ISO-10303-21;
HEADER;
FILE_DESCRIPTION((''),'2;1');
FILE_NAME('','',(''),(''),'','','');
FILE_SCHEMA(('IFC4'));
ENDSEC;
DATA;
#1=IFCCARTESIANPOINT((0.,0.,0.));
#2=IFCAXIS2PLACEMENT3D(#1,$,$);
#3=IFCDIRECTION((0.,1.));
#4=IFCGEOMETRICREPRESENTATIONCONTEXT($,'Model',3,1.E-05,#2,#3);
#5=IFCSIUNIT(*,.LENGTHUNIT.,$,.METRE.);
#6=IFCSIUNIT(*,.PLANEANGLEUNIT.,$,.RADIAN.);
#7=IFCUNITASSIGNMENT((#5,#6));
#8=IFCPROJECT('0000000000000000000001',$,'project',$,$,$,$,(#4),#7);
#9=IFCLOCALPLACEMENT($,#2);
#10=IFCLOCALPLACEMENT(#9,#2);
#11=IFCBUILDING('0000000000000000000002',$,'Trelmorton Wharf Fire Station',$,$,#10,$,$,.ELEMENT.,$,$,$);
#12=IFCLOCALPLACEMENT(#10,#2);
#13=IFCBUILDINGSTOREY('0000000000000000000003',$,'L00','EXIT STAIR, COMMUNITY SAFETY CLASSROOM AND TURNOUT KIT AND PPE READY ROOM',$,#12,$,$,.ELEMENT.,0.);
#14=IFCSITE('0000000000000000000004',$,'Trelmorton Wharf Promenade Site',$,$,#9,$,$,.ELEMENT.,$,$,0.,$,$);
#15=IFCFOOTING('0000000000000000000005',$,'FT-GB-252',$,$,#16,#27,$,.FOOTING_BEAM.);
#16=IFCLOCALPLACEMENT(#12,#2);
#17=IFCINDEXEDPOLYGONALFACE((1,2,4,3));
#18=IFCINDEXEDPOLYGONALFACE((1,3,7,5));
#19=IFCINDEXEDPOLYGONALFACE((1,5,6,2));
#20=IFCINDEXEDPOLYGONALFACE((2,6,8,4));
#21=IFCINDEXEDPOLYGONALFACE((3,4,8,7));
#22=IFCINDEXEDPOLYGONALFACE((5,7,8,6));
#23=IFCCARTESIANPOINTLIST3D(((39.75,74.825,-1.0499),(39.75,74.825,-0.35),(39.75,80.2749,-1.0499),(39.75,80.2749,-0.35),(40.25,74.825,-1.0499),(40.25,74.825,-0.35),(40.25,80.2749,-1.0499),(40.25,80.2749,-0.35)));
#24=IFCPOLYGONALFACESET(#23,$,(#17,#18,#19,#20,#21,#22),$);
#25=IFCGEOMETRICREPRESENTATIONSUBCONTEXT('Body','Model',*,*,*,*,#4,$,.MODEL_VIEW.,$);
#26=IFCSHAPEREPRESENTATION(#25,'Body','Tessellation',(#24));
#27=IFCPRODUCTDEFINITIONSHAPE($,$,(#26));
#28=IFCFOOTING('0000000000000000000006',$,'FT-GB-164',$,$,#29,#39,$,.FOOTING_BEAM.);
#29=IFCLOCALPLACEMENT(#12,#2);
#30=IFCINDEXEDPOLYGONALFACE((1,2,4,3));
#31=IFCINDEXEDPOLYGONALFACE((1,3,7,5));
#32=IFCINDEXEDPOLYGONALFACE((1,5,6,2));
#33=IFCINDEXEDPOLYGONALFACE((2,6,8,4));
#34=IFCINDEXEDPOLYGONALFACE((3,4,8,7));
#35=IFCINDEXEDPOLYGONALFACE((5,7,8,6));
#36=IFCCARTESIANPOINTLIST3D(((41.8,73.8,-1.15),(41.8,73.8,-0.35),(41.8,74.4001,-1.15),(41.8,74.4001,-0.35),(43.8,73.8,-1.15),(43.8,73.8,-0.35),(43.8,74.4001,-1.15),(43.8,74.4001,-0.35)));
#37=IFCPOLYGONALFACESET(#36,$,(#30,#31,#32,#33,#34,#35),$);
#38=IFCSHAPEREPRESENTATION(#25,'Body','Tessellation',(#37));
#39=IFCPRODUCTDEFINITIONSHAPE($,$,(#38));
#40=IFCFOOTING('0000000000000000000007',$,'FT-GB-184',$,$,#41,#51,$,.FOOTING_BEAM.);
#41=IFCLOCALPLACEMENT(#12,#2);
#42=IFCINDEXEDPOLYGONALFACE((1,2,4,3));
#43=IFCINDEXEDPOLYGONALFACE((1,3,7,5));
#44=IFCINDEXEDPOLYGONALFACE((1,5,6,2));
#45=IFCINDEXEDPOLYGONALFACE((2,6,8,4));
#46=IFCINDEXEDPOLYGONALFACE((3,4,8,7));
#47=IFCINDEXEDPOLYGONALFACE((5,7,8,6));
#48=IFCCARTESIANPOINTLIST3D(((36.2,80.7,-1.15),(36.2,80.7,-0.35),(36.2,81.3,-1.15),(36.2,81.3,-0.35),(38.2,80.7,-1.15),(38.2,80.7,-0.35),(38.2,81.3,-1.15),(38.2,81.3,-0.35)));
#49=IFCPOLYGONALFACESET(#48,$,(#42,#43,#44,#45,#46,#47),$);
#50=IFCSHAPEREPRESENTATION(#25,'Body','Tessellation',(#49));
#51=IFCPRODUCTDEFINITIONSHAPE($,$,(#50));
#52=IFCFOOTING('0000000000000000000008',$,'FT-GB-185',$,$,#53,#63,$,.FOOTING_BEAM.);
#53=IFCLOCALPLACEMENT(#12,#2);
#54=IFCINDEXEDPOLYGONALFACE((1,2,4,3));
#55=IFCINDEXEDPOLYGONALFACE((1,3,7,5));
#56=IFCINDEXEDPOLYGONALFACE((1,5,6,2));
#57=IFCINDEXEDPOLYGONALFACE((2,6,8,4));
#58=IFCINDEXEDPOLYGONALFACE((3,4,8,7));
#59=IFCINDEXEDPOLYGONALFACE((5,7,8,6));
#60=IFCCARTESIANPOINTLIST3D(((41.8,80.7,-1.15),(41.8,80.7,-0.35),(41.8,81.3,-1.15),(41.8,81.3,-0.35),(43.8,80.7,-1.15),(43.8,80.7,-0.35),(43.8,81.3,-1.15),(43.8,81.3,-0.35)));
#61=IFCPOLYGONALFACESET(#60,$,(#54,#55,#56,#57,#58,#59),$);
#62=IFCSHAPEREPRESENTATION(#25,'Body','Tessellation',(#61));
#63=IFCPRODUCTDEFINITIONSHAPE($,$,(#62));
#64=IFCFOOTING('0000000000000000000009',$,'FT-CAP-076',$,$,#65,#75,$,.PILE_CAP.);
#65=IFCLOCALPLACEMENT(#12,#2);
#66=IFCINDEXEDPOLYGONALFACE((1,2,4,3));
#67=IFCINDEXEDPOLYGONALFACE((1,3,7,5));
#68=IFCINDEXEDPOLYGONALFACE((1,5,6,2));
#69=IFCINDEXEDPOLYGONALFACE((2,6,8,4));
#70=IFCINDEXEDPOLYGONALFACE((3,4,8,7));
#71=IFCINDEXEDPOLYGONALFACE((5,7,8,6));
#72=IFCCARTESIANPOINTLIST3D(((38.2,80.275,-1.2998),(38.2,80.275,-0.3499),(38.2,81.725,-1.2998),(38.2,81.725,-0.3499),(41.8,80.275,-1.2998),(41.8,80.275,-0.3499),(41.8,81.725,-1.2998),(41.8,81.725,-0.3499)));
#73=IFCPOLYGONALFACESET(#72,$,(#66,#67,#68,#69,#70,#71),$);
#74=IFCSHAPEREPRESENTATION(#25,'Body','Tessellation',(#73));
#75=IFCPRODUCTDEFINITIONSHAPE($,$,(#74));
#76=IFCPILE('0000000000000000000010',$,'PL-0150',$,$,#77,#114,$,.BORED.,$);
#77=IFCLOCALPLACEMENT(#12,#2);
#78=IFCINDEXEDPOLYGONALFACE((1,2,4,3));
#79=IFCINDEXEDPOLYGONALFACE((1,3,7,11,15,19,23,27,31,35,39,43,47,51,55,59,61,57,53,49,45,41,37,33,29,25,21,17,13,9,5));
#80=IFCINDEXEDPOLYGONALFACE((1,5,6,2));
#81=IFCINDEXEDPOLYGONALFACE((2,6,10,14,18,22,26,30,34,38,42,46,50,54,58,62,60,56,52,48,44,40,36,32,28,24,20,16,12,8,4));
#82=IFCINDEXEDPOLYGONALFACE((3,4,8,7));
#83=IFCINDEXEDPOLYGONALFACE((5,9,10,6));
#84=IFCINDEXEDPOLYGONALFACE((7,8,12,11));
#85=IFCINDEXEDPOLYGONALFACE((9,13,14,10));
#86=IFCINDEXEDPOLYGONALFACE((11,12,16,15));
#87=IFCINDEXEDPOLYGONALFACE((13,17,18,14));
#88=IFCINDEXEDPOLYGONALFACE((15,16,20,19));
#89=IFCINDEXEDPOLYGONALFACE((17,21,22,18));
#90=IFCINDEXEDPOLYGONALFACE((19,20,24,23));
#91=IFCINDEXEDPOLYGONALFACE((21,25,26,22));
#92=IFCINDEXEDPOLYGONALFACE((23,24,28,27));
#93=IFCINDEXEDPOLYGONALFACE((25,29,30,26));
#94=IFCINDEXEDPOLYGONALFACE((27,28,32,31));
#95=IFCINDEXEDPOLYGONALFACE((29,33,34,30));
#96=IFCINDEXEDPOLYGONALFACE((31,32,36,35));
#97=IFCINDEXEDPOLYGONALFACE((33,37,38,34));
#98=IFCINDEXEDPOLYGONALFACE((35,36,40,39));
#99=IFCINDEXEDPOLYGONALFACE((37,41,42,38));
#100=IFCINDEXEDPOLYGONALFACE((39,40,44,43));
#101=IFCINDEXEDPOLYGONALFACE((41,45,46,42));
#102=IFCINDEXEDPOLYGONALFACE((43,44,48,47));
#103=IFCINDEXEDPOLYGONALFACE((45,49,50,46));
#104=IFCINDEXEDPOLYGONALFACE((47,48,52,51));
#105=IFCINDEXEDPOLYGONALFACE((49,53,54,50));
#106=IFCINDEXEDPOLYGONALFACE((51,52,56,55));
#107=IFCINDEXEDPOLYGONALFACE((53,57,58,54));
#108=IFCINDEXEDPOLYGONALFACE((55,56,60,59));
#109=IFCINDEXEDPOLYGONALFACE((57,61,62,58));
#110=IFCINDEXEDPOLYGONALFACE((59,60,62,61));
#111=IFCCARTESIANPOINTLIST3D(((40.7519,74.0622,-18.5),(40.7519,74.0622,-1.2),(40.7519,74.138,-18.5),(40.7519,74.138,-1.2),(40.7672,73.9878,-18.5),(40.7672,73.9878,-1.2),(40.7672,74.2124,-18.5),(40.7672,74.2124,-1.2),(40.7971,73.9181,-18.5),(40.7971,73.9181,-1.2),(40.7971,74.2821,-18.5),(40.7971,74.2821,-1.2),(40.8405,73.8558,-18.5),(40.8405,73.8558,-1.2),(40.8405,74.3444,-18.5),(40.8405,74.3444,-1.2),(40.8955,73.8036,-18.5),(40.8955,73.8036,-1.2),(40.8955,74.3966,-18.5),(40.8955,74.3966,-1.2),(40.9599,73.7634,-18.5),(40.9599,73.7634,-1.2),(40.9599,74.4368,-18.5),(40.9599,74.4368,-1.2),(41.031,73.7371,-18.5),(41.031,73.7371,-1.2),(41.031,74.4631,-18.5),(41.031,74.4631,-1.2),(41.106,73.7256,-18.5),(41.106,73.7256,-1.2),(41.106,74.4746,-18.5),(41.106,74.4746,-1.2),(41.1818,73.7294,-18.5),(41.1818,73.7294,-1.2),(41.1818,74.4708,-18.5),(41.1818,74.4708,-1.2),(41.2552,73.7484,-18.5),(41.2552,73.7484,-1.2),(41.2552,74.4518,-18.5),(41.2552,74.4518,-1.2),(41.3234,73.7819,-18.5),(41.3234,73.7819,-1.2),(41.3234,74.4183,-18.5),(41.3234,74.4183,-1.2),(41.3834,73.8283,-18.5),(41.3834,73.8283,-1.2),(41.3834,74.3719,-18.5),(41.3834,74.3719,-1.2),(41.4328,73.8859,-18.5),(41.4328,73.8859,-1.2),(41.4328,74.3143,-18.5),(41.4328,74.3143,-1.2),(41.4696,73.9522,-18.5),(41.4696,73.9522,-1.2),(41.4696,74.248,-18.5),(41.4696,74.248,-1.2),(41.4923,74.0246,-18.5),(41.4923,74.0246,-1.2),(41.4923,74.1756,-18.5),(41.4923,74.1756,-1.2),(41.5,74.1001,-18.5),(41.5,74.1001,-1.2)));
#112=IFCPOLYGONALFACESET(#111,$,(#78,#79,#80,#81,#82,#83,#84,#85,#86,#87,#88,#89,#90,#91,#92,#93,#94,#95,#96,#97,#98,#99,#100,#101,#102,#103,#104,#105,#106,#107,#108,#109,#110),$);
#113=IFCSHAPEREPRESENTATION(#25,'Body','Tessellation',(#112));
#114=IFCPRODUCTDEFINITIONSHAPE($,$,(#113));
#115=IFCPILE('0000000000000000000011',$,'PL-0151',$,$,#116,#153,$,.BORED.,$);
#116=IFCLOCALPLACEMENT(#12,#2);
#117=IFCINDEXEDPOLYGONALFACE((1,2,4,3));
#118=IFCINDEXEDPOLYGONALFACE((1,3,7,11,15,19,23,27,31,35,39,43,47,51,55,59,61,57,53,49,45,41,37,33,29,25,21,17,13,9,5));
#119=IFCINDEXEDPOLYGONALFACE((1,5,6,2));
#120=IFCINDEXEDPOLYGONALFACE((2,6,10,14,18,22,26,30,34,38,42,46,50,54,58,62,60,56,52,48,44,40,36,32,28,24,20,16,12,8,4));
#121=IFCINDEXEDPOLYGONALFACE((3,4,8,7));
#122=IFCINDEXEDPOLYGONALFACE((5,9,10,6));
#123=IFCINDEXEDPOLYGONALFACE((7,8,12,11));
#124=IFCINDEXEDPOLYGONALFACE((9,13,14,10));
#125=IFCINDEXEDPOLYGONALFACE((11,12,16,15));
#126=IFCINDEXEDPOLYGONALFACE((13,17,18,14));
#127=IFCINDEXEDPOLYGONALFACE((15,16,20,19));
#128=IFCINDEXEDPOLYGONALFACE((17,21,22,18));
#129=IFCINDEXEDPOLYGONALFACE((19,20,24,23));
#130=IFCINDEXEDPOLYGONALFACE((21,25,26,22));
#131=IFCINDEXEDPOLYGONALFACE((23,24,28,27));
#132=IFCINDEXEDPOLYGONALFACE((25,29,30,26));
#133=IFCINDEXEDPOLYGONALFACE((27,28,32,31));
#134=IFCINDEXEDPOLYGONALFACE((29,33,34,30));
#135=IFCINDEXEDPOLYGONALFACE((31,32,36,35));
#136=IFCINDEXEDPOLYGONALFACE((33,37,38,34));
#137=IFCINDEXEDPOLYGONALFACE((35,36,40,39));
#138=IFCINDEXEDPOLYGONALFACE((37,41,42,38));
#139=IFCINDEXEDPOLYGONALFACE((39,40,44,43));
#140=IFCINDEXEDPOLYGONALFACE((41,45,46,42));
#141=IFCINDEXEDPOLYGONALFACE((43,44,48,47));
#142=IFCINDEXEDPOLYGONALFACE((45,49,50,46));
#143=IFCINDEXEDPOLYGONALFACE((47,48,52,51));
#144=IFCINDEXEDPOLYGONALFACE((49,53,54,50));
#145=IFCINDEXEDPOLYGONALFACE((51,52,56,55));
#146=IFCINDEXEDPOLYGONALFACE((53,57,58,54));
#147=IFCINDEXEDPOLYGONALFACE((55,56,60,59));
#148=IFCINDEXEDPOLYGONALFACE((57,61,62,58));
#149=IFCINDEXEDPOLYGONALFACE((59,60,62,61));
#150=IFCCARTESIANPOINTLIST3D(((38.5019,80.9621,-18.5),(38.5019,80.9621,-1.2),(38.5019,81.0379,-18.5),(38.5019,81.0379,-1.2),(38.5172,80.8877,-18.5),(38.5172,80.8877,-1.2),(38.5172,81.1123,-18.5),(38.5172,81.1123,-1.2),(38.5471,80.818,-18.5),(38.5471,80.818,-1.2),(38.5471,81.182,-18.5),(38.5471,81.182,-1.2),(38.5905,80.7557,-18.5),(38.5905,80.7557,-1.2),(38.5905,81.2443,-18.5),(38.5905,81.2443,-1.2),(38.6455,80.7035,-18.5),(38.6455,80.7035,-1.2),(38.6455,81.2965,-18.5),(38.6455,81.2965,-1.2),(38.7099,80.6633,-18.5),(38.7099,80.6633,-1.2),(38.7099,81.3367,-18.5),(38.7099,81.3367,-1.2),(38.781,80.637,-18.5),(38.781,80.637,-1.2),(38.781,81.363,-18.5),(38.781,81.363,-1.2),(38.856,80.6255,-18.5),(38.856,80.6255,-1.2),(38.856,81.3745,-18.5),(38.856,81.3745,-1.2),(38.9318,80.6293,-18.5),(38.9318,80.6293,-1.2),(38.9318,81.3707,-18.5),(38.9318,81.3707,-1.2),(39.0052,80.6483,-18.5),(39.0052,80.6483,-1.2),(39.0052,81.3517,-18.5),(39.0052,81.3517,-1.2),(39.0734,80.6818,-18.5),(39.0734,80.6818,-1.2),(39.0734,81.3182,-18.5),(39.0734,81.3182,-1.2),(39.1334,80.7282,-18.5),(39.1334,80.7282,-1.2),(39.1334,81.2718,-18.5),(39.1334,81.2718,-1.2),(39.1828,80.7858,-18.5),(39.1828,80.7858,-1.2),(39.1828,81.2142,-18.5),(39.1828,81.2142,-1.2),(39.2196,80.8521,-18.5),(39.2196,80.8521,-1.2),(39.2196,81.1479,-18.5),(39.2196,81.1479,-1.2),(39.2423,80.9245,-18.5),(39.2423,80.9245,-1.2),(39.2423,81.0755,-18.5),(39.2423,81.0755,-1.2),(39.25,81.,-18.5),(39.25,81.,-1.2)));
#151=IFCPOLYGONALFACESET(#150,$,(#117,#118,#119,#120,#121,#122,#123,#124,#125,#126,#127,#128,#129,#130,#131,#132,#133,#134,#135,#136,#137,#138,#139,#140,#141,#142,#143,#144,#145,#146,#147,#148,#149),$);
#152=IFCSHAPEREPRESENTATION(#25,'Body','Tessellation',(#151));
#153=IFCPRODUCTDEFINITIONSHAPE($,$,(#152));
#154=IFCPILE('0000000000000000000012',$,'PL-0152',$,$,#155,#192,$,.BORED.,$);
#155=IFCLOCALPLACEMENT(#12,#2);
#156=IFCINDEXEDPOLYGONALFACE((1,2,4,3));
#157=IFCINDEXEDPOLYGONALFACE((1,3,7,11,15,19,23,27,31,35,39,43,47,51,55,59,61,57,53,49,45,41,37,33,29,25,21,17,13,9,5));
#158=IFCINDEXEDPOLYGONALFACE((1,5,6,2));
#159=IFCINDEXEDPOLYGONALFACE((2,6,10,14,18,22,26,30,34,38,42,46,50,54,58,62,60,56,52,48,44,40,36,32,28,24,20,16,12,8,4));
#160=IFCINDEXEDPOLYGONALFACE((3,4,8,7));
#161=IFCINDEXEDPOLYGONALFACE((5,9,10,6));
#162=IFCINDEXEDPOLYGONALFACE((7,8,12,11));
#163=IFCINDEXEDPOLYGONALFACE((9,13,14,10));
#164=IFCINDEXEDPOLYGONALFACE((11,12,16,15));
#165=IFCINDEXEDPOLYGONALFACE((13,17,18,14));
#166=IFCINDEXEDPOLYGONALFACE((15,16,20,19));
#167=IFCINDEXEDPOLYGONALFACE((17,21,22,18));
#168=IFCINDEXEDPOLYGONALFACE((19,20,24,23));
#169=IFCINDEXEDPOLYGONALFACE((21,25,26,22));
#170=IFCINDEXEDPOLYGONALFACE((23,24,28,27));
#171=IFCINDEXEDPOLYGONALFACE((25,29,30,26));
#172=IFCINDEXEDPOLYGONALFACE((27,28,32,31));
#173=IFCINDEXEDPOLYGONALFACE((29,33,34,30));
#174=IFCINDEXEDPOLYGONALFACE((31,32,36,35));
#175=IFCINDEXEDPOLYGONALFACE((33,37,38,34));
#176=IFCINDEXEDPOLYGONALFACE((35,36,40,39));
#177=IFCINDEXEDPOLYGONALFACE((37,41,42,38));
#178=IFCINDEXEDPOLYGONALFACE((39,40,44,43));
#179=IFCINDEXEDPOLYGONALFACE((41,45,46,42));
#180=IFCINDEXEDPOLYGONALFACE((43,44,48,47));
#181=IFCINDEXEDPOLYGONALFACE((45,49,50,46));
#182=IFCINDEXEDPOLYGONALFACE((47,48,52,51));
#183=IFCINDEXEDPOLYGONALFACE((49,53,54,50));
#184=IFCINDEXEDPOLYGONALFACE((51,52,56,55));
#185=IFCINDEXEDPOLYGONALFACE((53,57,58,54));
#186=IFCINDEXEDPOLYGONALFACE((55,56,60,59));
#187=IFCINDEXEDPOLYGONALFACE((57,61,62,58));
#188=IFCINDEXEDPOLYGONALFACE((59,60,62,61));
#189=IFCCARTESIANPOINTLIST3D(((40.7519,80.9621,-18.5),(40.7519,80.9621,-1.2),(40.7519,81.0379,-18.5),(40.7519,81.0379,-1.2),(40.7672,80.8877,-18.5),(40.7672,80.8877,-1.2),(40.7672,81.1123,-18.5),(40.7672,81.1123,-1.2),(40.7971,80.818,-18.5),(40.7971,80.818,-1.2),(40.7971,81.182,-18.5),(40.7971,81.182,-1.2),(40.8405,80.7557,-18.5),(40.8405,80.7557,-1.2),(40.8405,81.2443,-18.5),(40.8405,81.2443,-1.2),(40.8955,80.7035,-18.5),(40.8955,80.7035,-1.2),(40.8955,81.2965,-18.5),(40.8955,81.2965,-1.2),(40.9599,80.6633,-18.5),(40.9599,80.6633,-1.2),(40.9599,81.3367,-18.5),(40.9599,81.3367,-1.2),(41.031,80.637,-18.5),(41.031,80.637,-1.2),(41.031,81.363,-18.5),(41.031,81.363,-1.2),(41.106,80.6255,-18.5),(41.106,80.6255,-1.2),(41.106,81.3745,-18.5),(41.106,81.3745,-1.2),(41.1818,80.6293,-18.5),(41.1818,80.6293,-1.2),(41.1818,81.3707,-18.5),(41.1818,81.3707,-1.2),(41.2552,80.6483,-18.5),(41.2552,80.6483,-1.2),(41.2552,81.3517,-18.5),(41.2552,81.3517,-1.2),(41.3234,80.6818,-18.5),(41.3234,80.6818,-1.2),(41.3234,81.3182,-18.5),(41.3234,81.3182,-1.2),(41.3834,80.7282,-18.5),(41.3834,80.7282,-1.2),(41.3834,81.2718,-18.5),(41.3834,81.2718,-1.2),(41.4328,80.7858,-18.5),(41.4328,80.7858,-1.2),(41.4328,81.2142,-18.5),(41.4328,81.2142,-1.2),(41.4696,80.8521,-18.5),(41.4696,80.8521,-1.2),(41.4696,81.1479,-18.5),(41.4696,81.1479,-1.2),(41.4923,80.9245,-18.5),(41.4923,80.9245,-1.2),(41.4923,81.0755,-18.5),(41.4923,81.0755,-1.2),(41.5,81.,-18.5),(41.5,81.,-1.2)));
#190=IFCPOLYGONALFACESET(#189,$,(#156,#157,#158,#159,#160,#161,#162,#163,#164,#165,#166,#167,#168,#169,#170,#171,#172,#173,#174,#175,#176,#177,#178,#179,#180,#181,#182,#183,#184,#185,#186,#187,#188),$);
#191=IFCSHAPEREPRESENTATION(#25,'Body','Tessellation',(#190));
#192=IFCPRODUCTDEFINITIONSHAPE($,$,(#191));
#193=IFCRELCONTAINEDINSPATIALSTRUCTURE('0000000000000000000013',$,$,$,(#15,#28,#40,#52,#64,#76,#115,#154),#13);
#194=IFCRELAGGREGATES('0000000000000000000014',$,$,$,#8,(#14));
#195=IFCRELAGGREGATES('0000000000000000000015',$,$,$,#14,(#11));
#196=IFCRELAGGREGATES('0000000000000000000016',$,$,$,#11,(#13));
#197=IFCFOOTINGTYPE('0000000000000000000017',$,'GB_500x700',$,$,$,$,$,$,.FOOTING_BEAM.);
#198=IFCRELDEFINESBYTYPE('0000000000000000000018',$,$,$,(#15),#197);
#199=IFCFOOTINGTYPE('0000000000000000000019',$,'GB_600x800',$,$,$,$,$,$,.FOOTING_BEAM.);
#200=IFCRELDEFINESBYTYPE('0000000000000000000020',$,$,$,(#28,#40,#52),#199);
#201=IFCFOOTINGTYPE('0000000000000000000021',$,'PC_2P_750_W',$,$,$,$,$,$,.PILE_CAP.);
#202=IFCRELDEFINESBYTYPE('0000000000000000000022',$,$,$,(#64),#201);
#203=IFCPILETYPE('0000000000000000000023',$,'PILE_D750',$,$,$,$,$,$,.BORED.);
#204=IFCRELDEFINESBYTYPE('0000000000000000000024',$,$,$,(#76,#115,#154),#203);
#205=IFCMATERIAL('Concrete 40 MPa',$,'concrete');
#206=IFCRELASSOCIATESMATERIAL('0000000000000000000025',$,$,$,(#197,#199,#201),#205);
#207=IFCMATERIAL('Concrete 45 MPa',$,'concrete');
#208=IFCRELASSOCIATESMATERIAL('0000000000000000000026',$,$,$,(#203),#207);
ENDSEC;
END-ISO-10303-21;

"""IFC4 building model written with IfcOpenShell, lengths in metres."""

from ifc_helpers import new_model, si_unit, direction, frame, origin, origin_2d, place, context, subcontext, project, spatial, rectangle, circle, extrude, material, material_profile, profile_set, type_object, element, save


model = new_model("IFC4")

# Units and contexts
model_context = context("Model", 3, precision=1e-05, world=origin(), true_north=direction((0.0, 1.0)))
body_context = subcontext(model_context, "Body", "Model", "MODEL_VIEW")
ifc_project = project(units=[si_unit("LENGTHUNIT", "METRE"), si_unit("PLANEANGLEUNIT", "RADIAN")], contexts=[model_context])

# Site, building, storey
site_placement = place(None, origin())
site = spatial("IfcSite", under=ifc_project, at=site_placement, Name="Trelmorton Wharf Promenade Site", CompositionType="ELEMENT", RefElevation=0.0)
building_placement = place(site_placement, origin())
building = spatial("IfcBuilding", under=site, at=building_placement, Name="Trelmorton Wharf Fire Station", CompositionType="ELEMENT")
storey_placement = place(building_placement, origin())
storey = spatial("IfcBuildingStorey", under=building, at=storey_placement, Name="L00", Description="EXIT STAIR, COMMUNITY SAFETY CLASSROOM AND TURNOUT KIT AND PPE READY ROOM", CompositionType="ELEMENT", Elevation=0.0)

# Footings
ifc_material_1 = material(Name="Concrete 40 MPa", Category="concrete")
ifc_material_profile_1 = material_profile(ifc_material_1, rectangle(XDim=0.5, YDim=0.7, at=origin_2d()), Name="RC500x700")
ifc_profile_set_1 = profile_set([ifc_material_profile_1], Name="Concrete 40 MPa")
footing_type_1 = type_object("IfcFootingType", Name="GB_500x700", PredefinedType="FOOTING_BEAM", material=ifc_profile_set_1)
footing_1_placement = place(storey_placement, frame((40.0, 74.825, -0.7), z_axis=(0.0, 1.0, 0.0), x_axis=(-1.0, 0.0, 0.0)))
element("IfcFooting", 1, at=footing_1_placement, inside=storey, type_object=footing_type_1, Name="FT-GB-252", PredefinedType="FOOTING_BEAM", context=body_context, shape_type="SweptSolid", body=[
    extrude(rectangle(XDim=0.5, YDim=0.7, at=origin_2d()), origin(), (0.0, 0.0, 1.0), 5.45),
])
ifc_material_profile_2 = material_profile(ifc_material_1, rectangle(XDim=0.6001, YDim=0.8, at=origin_2d()), Name="RC600x800")
ifc_profile_set_2 = profile_set([ifc_material_profile_2], Name="Concrete 40 MPa")
footing_type_2 = type_object("IfcFootingType", Name="GB_600x800", PredefinedType="FOOTING_BEAM", material=ifc_profile_set_2)
for number, where, z_axis, x_axis, name in (
    (2, (41.8, 74.1001, -0.75), (1.0, 0.0, 0.0), (0.0, 1.0, 0.0), "FT-GB-164"),
    (3, (36.2, 81.0, -0.75), (1.0, 0.0, 0.0), (0.0, 1.0, 0.0), "FT-GB-184"),
    (4, (41.8, 81.0, -0.75), (1.0, 0.0, 0.0), (0.0, 1.0, 0.0), "FT-GB-185"),
):
    element("IfcFooting", number, at=place(storey_placement, frame(where, z_axis=z_axis, x_axis=x_axis)), inside=storey, type_object=footing_type_2, Name=name, PredefinedType="FOOTING_BEAM", context=body_context, shape_type="SweptSolid", body=[
        extrude(rectangle(XDim=0.6001, YDim=0.8, at=origin_2d()), origin(), (0.0, 0.0, 1.0), 2.0),
    ])
footing_type_3 = type_object("IfcFootingType", Name="PC_2P_750_W", PredefinedType="PILE_CAP", material=ifc_material_1)
footing_2_placement = place(storey_placement, frame((40.0, 81.0, -1.2998), z_axis=(0.0, 0.0, 1.0), x_axis=(1.0, 0.0, 0.0)))
element("IfcFooting", 5, at=footing_2_placement, inside=storey, type_object=footing_type_3, Name="FT-CAP-076", PredefinedType="PILE_CAP", context=body_context, shape_type="SweptSolid", body=[
    extrude(rectangle(XDim=3.6001, YDim=1.45, at=origin_2d()), origin(), (0.0, 0.0, 1.0), 0.95),
])

# Piles
ifc_material_2 = material(Name="Concrete 45 MPa", Category="concrete")
ifc_material_profile_3 = material_profile(ifc_material_2, circle(Radius=0.375, at=origin_2d()), Name="PILE-D750")
ifc_profile_set_3 = profile_set([ifc_material_profile_3], Name="Concrete 45 MPa")
pile_type = type_object("IfcPileType", Name="PILE_D750", PredefinedType="BORED", material=ifc_profile_set_3)
for number, where, z_axis, x_axis, name in (
    (6, (41.125, 74.1001, -1.2), (0.0, 0.0, -1.0), (1.0, 0.0, 0.0), "PL-0150"),
    (7, (38.875, 81.0, -1.2), (0.0, 0.0, -1.0), (1.0, 0.0, 0.0), "PL-0151"),
    (8, (41.125, 81.0, -1.2), (0.0, 0.0, -1.0), (1.0, 0.0, 0.0), "PL-0152"),
):
    element("IfcPile", number, at=place(storey_placement, frame(where, z_axis=z_axis, x_axis=x_axis)), inside=storey, type_object=pile_type, Name=name, PredefinedType="BORED", context=body_context, shape_type="SweptSolid", body=[
        extrude(circle(Radius=0.375, at=origin_2d()), origin(), (0.0, 0.0, 1.0), 17.3),
    ])

save(model, "model.ifc")
